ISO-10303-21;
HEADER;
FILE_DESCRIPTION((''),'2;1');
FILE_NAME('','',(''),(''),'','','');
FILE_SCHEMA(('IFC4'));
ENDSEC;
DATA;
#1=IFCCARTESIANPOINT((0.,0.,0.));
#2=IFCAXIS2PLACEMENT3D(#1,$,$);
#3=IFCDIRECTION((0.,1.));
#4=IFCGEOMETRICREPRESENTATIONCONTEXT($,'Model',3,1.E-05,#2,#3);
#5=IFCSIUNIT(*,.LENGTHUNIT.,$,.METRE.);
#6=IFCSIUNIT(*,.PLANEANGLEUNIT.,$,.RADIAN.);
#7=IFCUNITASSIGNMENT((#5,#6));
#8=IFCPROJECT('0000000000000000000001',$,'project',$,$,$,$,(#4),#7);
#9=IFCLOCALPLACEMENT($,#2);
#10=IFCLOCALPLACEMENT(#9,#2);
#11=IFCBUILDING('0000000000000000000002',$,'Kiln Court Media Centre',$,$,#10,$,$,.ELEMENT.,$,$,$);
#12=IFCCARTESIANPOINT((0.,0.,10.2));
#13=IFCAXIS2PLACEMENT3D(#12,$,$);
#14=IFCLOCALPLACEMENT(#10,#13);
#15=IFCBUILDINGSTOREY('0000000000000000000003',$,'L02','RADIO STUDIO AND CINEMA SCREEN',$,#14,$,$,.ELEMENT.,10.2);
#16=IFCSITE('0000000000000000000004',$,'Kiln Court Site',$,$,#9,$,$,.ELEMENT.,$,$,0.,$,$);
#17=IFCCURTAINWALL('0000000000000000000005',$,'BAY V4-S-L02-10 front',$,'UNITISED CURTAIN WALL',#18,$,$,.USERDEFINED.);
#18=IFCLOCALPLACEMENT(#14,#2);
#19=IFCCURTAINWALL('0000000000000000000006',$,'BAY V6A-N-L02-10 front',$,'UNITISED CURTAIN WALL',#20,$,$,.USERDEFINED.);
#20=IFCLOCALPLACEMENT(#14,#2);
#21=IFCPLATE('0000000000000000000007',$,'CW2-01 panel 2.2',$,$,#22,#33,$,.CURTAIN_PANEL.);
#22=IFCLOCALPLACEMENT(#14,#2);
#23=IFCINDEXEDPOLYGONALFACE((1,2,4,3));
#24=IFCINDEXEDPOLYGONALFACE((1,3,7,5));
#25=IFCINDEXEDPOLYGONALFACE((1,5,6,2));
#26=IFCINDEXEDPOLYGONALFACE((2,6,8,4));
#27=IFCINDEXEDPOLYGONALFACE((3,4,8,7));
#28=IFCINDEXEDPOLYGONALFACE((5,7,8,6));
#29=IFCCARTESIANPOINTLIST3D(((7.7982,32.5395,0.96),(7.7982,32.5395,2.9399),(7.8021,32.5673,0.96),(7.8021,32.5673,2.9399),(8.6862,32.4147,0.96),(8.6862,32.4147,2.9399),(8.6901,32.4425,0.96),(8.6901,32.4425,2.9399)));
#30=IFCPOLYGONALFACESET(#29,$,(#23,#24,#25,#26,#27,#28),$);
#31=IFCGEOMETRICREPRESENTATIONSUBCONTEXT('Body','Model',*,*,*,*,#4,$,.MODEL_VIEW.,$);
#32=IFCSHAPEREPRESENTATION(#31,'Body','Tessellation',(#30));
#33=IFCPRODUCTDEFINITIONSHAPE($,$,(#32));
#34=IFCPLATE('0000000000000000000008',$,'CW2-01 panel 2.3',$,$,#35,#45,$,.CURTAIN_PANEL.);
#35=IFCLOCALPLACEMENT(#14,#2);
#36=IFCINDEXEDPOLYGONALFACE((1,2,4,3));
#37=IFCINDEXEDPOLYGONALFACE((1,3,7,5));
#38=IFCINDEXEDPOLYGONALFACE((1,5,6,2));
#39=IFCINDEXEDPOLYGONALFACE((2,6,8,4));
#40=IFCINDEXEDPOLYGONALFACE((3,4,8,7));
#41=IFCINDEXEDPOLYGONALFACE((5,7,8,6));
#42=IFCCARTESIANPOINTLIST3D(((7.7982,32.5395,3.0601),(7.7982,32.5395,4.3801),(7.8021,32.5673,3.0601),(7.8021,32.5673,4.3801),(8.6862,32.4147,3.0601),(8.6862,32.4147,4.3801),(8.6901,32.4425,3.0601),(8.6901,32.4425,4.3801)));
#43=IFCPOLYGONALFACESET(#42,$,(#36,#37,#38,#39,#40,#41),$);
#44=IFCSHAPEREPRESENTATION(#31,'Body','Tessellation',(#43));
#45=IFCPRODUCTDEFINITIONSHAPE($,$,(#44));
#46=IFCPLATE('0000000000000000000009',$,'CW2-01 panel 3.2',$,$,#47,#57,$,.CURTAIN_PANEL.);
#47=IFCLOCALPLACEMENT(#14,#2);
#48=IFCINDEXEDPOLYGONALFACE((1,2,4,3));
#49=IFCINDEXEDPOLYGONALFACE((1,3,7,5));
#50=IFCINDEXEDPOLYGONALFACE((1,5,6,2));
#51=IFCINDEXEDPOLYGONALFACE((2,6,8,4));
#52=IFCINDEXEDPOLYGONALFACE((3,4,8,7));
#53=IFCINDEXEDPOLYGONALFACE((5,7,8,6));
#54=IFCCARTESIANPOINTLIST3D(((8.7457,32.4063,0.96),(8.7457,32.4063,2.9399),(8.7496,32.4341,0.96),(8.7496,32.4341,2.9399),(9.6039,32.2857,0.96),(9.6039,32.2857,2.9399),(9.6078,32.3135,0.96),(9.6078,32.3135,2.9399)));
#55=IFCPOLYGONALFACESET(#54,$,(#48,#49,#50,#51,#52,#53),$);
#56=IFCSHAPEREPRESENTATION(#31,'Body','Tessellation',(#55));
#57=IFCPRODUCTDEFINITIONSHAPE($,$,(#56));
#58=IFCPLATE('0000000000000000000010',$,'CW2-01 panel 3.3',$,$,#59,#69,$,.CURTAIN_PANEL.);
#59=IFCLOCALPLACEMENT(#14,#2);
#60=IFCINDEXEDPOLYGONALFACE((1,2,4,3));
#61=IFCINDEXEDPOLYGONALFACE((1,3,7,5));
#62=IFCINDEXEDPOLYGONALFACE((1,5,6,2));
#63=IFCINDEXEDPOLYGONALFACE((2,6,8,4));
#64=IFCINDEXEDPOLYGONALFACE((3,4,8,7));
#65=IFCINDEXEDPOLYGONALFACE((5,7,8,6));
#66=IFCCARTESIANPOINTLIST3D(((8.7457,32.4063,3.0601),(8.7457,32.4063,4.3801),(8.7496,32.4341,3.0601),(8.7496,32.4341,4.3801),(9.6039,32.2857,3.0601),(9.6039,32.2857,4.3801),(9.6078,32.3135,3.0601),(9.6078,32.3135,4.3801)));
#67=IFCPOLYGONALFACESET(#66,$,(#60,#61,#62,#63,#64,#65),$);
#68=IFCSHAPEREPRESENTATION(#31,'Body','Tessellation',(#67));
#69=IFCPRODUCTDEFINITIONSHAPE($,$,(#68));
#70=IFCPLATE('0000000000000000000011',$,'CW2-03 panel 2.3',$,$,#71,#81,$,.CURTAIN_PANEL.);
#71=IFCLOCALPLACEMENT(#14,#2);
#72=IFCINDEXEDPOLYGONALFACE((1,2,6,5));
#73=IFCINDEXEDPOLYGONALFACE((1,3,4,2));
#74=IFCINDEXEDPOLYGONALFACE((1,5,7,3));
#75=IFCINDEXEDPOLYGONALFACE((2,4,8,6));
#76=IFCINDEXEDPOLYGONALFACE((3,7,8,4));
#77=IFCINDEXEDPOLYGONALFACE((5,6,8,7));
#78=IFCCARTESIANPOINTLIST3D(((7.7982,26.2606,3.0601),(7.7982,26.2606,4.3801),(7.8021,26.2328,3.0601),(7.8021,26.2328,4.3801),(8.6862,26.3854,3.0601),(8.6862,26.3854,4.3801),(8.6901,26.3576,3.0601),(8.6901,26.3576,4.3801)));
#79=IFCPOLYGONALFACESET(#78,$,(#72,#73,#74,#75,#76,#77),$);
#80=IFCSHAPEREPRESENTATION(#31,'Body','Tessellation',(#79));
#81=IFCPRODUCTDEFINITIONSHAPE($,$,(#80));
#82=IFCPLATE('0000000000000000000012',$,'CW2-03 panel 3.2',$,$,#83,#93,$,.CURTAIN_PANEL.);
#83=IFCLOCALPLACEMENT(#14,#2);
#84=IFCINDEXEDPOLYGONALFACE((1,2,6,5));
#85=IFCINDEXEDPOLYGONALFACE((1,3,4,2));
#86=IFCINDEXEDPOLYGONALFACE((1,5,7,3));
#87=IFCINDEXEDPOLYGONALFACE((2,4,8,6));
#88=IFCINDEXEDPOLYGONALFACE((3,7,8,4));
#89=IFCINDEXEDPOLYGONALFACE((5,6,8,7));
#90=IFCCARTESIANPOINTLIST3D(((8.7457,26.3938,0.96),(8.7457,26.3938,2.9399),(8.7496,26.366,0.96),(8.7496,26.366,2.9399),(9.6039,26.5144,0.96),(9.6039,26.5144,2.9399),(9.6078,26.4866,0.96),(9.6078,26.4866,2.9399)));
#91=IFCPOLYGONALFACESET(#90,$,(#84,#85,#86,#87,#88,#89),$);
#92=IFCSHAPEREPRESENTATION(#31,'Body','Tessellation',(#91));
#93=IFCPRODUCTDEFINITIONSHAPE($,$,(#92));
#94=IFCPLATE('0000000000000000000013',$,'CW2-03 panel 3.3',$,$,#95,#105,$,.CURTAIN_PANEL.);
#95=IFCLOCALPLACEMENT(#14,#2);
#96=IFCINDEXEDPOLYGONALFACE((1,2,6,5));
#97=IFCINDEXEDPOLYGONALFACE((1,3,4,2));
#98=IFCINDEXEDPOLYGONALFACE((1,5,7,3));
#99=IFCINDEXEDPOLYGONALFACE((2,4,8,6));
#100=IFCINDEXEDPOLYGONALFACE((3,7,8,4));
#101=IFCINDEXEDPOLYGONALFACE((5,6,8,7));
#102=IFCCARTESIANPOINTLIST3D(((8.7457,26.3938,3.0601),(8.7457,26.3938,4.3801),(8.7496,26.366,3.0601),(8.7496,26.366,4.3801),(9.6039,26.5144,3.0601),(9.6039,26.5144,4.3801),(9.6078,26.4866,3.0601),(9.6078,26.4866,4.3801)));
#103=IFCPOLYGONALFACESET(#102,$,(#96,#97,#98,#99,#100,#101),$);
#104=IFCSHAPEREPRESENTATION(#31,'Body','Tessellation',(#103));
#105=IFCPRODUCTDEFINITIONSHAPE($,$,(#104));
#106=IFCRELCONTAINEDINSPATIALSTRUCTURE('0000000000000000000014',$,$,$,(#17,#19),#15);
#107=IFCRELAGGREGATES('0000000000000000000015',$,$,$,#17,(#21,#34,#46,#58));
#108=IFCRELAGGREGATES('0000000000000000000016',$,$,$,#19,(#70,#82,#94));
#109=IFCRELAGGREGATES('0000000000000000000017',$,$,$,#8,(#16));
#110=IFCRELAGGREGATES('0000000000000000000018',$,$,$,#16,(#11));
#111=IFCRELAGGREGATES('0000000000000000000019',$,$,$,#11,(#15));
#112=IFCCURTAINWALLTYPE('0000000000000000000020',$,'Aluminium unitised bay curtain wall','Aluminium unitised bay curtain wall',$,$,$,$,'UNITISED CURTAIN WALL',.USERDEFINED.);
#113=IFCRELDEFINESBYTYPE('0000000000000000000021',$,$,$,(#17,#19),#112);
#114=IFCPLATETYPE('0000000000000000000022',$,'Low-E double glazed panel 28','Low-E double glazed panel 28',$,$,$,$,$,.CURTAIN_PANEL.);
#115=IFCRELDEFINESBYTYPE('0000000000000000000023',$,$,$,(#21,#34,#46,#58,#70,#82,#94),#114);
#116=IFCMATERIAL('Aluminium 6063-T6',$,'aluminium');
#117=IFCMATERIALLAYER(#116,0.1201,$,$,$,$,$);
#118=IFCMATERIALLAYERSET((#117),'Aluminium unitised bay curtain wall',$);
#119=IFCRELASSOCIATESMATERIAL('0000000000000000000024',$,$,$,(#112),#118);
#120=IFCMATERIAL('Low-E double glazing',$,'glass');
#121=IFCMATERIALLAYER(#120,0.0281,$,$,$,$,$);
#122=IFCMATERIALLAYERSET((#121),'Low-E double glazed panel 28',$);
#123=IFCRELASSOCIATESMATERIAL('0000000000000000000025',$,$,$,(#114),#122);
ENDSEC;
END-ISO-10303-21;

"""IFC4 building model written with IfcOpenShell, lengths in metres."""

from ifc_helpers import new_model, si_unit, direction, frame, origin, origin_2d, place, context, subcontext, project, spatial, rectangle, extrude, material, layer, layer_set, type_object, element, aggregate, save


model = new_model("IFC4")

# Units and contexts
model_context = context("Model", 3, precision=1e-05, world=origin(), true_north=direction((0.0, 1.0)))
body_context = subcontext(model_context, "Body", "Model", "MODEL_VIEW")
ifc_project = project(units=[si_unit("LENGTHUNIT", "METRE"), si_unit("PLANEANGLEUNIT", "RADIAN")], contexts=[model_context])

# Site, building, storey
site_placement = place(None, origin())
site = spatial("IfcSite", under=ifc_project, at=site_placement, Name="Kiln Court Site", CompositionType="ELEMENT", RefElevation=0.0)
building_placement = place(site_placement, origin())
building = spatial("IfcBuilding", under=site, at=building_placement, Name="Kiln Court Media Centre", CompositionType="ELEMENT")
storey_placement = place(building_placement, frame((0.0, 0.0, 10.2)))
storey = spatial("IfcBuildingStorey", under=building, at=storey_placement, Name="L02", Description="RADIO STUDIO AND CINEMA SCREEN", CompositionType="ELEMENT", Elevation=10.2)

# Curtain walls
ifc_material_1 = material(Name="Aluminium 6063-T6", Category="aluminium")
ifc_layer_1 = layer(ifc_material_1, 0.1201)
ifc_layer_set_1 = layer_set([ifc_layer_1], Name="Aluminium unitised bay curtain wall")
curtain_wall_type = type_object("IfcCurtainWallType", Name="Aluminium unitised bay curtain wall", Description="Aluminium unitised bay curtain wall", ElementType="UNITISED CURTAIN WALL", PredefinedType="USERDEFINED", material=ifc_layer_set_1)
curtain_wall_1_placement = place(storey_placement, origin())
curtain_wall_1 = element("IfcCurtainWall", 1, at=curtain_wall_1_placement, inside=storey, type_object=curtain_wall_type, Name="BAY V4-S-L02-10 front", ObjectType="UNITISED CURTAIN WALL", PredefinedType="USERDEFINED")
curtain_wall_2_placement = place(storey_placement, origin())
curtain_wall_2 = element("IfcCurtainWall", 2, at=curtain_wall_2_placement, inside=storey, type_object=curtain_wall_type, Name="BAY V6A-N-L02-10 front", ObjectType="UNITISED CURTAIN WALL", PredefinedType="USERDEFINED")

# Plates
ifc_material_2 = material(Name="Low-E double glazing", Category="glass")
ifc_layer_2 = layer(ifc_material_2, 0.0281)
ifc_layer_set_2 = layer_set([ifc_layer_2], Name="Low-E double glazed panel 28")
plate_type_1 = type_object("IfcPlateType", Name="Low-E double glazed panel 28", Description="Low-E double glazed panel 28", PredefinedType="CURTAIN_PANEL", material=ifc_layer_set_2)
plate_1_placement = place(storey_placement, frame((8.2441, 32.491, 0.96), z_axis=(0.0, 0.0, 1.0), x_axis=(0.99027, -0.139162, 0.0)))
plate_1 = element("IfcPlate", 3, at=plate_1_placement, type_object=plate_type_1, Name="CW2-01 panel 2.2", PredefinedType="CURTAIN_PANEL", context=body_context, shape_type="SweptSolid", body=[
    extrude(rectangle(XDim=0.8967, YDim=0.0281, at=origin_2d()), origin(), (0.0, 0.0, 1.0), 1.98),
])
plate_2_placement = place(storey_placement, frame((8.2441, 32.491, 3.0601), z_axis=(0.0, 0.0, 1.0), x_axis=(0.99027, -0.139162, 0.0)))
plate_2 = element("IfcPlate", 4, at=plate_2_placement, type_object=plate_type_1, Name="CW2-01 panel 2.3", PredefinedType="CURTAIN_PANEL", context=body_context, shape_type="SweptSolid", body=[
    extrude(rectangle(XDim=0.8967, YDim=0.0281, at=origin_2d()), origin(), (0.0, 0.0, 1.0), 1.3201),
])
plate_3_placement = place(storey_placement, frame((9.1768, 32.3599, 0.96), z_axis=(0.0, 0.0, 1.0), x_axis=(0.99027, -0.139162, 0.0)))
plate_3 = element("IfcPlate", 5, at=plate_3_placement, type_object=plate_type_1, Name="CW2-01 panel 3.2", PredefinedType="CURTAIN_PANEL", context=body_context, shape_type="SweptSolid", body=[
    extrude(rectangle(XDim=0.8667, YDim=0.0281, at=origin_2d()), origin(), (0.0, 0.0, 1.0), 1.98),
])
plate_4_placement = place(storey_placement, frame((9.1768, 32.3599, 3.0601), z_axis=(0.0, 0.0, 1.0), x_axis=(0.99027, -0.139162, 0.0)))
plate_4 = element("IfcPlate", 6, at=plate_4_placement, type_object=plate_type_1, Name="CW2-01 panel 3.3", PredefinedType="CURTAIN_PANEL", context=body_context, shape_type="SweptSolid", body=[
    extrude(rectangle(XDim=0.8667, YDim=0.0281, at=origin_2d()), origin(), (0.0, 0.0, 1.0), 1.3201),
])
aggregate(curtain_wall_1, [plate_1, plate_2, plate_3, plate_4])
plate_5_placement = place(storey_placement, frame((8.2441, 26.3091, 3.0601), z_axis=(0.0, 0.0, 1.0), x_axis=(0.99027, 0.139162, 0.0)))
plate_5 = element("IfcPlate", 7, at=plate_5_placement, type_object=plate_type_1, Name="CW2-03 panel 2.3", PredefinedType="CURTAIN_PANEL", context=body_context, shape_type="SweptSolid", body=[
    extrude(rectangle(XDim=0.8967, YDim=0.0281, at=origin_2d()), origin(), (0.0, 0.0, 1.0), 1.3201),
])
plate_6_placement = place(storey_placement, frame((9.1768, 26.4402, 0.96), z_axis=(0.0, 0.0, 1.0), x_axis=(0.99027, 0.139162, 0.0)))
plate_6 = element("IfcPlate", 8, at=plate_6_placement, type_object=plate_type_1, Name="CW2-03 panel 3.2", PredefinedType="CURTAIN_PANEL", context=body_context, shape_type="SweptSolid", body=[
    extrude(rectangle(XDim=0.8667, YDim=0.0281, at=origin_2d()), origin(), (0.0, 0.0, 1.0), 1.98),
])
plate_7_placement = place(storey_placement, frame((9.1768, 26.4402, 3.0601), z_axis=(0.0, 0.0, 1.0), x_axis=(0.99027, 0.139162, 0.0)))
plate_7 = element("IfcPlate", 9, at=plate_7_placement, type_object=plate_type_1, Name="CW2-03 panel 3.3", PredefinedType="CURTAIN_PANEL", context=body_context, shape_type="SweptSolid", body=[
    extrude(rectangle(XDim=0.8667, YDim=0.0281, at=origin_2d()), origin(), (0.0, 0.0, 1.0), 1.3201),
])
aggregate(curtain_wall_2, [plate_5, plate_6, plate_7])

save(model, "model.ifc")
